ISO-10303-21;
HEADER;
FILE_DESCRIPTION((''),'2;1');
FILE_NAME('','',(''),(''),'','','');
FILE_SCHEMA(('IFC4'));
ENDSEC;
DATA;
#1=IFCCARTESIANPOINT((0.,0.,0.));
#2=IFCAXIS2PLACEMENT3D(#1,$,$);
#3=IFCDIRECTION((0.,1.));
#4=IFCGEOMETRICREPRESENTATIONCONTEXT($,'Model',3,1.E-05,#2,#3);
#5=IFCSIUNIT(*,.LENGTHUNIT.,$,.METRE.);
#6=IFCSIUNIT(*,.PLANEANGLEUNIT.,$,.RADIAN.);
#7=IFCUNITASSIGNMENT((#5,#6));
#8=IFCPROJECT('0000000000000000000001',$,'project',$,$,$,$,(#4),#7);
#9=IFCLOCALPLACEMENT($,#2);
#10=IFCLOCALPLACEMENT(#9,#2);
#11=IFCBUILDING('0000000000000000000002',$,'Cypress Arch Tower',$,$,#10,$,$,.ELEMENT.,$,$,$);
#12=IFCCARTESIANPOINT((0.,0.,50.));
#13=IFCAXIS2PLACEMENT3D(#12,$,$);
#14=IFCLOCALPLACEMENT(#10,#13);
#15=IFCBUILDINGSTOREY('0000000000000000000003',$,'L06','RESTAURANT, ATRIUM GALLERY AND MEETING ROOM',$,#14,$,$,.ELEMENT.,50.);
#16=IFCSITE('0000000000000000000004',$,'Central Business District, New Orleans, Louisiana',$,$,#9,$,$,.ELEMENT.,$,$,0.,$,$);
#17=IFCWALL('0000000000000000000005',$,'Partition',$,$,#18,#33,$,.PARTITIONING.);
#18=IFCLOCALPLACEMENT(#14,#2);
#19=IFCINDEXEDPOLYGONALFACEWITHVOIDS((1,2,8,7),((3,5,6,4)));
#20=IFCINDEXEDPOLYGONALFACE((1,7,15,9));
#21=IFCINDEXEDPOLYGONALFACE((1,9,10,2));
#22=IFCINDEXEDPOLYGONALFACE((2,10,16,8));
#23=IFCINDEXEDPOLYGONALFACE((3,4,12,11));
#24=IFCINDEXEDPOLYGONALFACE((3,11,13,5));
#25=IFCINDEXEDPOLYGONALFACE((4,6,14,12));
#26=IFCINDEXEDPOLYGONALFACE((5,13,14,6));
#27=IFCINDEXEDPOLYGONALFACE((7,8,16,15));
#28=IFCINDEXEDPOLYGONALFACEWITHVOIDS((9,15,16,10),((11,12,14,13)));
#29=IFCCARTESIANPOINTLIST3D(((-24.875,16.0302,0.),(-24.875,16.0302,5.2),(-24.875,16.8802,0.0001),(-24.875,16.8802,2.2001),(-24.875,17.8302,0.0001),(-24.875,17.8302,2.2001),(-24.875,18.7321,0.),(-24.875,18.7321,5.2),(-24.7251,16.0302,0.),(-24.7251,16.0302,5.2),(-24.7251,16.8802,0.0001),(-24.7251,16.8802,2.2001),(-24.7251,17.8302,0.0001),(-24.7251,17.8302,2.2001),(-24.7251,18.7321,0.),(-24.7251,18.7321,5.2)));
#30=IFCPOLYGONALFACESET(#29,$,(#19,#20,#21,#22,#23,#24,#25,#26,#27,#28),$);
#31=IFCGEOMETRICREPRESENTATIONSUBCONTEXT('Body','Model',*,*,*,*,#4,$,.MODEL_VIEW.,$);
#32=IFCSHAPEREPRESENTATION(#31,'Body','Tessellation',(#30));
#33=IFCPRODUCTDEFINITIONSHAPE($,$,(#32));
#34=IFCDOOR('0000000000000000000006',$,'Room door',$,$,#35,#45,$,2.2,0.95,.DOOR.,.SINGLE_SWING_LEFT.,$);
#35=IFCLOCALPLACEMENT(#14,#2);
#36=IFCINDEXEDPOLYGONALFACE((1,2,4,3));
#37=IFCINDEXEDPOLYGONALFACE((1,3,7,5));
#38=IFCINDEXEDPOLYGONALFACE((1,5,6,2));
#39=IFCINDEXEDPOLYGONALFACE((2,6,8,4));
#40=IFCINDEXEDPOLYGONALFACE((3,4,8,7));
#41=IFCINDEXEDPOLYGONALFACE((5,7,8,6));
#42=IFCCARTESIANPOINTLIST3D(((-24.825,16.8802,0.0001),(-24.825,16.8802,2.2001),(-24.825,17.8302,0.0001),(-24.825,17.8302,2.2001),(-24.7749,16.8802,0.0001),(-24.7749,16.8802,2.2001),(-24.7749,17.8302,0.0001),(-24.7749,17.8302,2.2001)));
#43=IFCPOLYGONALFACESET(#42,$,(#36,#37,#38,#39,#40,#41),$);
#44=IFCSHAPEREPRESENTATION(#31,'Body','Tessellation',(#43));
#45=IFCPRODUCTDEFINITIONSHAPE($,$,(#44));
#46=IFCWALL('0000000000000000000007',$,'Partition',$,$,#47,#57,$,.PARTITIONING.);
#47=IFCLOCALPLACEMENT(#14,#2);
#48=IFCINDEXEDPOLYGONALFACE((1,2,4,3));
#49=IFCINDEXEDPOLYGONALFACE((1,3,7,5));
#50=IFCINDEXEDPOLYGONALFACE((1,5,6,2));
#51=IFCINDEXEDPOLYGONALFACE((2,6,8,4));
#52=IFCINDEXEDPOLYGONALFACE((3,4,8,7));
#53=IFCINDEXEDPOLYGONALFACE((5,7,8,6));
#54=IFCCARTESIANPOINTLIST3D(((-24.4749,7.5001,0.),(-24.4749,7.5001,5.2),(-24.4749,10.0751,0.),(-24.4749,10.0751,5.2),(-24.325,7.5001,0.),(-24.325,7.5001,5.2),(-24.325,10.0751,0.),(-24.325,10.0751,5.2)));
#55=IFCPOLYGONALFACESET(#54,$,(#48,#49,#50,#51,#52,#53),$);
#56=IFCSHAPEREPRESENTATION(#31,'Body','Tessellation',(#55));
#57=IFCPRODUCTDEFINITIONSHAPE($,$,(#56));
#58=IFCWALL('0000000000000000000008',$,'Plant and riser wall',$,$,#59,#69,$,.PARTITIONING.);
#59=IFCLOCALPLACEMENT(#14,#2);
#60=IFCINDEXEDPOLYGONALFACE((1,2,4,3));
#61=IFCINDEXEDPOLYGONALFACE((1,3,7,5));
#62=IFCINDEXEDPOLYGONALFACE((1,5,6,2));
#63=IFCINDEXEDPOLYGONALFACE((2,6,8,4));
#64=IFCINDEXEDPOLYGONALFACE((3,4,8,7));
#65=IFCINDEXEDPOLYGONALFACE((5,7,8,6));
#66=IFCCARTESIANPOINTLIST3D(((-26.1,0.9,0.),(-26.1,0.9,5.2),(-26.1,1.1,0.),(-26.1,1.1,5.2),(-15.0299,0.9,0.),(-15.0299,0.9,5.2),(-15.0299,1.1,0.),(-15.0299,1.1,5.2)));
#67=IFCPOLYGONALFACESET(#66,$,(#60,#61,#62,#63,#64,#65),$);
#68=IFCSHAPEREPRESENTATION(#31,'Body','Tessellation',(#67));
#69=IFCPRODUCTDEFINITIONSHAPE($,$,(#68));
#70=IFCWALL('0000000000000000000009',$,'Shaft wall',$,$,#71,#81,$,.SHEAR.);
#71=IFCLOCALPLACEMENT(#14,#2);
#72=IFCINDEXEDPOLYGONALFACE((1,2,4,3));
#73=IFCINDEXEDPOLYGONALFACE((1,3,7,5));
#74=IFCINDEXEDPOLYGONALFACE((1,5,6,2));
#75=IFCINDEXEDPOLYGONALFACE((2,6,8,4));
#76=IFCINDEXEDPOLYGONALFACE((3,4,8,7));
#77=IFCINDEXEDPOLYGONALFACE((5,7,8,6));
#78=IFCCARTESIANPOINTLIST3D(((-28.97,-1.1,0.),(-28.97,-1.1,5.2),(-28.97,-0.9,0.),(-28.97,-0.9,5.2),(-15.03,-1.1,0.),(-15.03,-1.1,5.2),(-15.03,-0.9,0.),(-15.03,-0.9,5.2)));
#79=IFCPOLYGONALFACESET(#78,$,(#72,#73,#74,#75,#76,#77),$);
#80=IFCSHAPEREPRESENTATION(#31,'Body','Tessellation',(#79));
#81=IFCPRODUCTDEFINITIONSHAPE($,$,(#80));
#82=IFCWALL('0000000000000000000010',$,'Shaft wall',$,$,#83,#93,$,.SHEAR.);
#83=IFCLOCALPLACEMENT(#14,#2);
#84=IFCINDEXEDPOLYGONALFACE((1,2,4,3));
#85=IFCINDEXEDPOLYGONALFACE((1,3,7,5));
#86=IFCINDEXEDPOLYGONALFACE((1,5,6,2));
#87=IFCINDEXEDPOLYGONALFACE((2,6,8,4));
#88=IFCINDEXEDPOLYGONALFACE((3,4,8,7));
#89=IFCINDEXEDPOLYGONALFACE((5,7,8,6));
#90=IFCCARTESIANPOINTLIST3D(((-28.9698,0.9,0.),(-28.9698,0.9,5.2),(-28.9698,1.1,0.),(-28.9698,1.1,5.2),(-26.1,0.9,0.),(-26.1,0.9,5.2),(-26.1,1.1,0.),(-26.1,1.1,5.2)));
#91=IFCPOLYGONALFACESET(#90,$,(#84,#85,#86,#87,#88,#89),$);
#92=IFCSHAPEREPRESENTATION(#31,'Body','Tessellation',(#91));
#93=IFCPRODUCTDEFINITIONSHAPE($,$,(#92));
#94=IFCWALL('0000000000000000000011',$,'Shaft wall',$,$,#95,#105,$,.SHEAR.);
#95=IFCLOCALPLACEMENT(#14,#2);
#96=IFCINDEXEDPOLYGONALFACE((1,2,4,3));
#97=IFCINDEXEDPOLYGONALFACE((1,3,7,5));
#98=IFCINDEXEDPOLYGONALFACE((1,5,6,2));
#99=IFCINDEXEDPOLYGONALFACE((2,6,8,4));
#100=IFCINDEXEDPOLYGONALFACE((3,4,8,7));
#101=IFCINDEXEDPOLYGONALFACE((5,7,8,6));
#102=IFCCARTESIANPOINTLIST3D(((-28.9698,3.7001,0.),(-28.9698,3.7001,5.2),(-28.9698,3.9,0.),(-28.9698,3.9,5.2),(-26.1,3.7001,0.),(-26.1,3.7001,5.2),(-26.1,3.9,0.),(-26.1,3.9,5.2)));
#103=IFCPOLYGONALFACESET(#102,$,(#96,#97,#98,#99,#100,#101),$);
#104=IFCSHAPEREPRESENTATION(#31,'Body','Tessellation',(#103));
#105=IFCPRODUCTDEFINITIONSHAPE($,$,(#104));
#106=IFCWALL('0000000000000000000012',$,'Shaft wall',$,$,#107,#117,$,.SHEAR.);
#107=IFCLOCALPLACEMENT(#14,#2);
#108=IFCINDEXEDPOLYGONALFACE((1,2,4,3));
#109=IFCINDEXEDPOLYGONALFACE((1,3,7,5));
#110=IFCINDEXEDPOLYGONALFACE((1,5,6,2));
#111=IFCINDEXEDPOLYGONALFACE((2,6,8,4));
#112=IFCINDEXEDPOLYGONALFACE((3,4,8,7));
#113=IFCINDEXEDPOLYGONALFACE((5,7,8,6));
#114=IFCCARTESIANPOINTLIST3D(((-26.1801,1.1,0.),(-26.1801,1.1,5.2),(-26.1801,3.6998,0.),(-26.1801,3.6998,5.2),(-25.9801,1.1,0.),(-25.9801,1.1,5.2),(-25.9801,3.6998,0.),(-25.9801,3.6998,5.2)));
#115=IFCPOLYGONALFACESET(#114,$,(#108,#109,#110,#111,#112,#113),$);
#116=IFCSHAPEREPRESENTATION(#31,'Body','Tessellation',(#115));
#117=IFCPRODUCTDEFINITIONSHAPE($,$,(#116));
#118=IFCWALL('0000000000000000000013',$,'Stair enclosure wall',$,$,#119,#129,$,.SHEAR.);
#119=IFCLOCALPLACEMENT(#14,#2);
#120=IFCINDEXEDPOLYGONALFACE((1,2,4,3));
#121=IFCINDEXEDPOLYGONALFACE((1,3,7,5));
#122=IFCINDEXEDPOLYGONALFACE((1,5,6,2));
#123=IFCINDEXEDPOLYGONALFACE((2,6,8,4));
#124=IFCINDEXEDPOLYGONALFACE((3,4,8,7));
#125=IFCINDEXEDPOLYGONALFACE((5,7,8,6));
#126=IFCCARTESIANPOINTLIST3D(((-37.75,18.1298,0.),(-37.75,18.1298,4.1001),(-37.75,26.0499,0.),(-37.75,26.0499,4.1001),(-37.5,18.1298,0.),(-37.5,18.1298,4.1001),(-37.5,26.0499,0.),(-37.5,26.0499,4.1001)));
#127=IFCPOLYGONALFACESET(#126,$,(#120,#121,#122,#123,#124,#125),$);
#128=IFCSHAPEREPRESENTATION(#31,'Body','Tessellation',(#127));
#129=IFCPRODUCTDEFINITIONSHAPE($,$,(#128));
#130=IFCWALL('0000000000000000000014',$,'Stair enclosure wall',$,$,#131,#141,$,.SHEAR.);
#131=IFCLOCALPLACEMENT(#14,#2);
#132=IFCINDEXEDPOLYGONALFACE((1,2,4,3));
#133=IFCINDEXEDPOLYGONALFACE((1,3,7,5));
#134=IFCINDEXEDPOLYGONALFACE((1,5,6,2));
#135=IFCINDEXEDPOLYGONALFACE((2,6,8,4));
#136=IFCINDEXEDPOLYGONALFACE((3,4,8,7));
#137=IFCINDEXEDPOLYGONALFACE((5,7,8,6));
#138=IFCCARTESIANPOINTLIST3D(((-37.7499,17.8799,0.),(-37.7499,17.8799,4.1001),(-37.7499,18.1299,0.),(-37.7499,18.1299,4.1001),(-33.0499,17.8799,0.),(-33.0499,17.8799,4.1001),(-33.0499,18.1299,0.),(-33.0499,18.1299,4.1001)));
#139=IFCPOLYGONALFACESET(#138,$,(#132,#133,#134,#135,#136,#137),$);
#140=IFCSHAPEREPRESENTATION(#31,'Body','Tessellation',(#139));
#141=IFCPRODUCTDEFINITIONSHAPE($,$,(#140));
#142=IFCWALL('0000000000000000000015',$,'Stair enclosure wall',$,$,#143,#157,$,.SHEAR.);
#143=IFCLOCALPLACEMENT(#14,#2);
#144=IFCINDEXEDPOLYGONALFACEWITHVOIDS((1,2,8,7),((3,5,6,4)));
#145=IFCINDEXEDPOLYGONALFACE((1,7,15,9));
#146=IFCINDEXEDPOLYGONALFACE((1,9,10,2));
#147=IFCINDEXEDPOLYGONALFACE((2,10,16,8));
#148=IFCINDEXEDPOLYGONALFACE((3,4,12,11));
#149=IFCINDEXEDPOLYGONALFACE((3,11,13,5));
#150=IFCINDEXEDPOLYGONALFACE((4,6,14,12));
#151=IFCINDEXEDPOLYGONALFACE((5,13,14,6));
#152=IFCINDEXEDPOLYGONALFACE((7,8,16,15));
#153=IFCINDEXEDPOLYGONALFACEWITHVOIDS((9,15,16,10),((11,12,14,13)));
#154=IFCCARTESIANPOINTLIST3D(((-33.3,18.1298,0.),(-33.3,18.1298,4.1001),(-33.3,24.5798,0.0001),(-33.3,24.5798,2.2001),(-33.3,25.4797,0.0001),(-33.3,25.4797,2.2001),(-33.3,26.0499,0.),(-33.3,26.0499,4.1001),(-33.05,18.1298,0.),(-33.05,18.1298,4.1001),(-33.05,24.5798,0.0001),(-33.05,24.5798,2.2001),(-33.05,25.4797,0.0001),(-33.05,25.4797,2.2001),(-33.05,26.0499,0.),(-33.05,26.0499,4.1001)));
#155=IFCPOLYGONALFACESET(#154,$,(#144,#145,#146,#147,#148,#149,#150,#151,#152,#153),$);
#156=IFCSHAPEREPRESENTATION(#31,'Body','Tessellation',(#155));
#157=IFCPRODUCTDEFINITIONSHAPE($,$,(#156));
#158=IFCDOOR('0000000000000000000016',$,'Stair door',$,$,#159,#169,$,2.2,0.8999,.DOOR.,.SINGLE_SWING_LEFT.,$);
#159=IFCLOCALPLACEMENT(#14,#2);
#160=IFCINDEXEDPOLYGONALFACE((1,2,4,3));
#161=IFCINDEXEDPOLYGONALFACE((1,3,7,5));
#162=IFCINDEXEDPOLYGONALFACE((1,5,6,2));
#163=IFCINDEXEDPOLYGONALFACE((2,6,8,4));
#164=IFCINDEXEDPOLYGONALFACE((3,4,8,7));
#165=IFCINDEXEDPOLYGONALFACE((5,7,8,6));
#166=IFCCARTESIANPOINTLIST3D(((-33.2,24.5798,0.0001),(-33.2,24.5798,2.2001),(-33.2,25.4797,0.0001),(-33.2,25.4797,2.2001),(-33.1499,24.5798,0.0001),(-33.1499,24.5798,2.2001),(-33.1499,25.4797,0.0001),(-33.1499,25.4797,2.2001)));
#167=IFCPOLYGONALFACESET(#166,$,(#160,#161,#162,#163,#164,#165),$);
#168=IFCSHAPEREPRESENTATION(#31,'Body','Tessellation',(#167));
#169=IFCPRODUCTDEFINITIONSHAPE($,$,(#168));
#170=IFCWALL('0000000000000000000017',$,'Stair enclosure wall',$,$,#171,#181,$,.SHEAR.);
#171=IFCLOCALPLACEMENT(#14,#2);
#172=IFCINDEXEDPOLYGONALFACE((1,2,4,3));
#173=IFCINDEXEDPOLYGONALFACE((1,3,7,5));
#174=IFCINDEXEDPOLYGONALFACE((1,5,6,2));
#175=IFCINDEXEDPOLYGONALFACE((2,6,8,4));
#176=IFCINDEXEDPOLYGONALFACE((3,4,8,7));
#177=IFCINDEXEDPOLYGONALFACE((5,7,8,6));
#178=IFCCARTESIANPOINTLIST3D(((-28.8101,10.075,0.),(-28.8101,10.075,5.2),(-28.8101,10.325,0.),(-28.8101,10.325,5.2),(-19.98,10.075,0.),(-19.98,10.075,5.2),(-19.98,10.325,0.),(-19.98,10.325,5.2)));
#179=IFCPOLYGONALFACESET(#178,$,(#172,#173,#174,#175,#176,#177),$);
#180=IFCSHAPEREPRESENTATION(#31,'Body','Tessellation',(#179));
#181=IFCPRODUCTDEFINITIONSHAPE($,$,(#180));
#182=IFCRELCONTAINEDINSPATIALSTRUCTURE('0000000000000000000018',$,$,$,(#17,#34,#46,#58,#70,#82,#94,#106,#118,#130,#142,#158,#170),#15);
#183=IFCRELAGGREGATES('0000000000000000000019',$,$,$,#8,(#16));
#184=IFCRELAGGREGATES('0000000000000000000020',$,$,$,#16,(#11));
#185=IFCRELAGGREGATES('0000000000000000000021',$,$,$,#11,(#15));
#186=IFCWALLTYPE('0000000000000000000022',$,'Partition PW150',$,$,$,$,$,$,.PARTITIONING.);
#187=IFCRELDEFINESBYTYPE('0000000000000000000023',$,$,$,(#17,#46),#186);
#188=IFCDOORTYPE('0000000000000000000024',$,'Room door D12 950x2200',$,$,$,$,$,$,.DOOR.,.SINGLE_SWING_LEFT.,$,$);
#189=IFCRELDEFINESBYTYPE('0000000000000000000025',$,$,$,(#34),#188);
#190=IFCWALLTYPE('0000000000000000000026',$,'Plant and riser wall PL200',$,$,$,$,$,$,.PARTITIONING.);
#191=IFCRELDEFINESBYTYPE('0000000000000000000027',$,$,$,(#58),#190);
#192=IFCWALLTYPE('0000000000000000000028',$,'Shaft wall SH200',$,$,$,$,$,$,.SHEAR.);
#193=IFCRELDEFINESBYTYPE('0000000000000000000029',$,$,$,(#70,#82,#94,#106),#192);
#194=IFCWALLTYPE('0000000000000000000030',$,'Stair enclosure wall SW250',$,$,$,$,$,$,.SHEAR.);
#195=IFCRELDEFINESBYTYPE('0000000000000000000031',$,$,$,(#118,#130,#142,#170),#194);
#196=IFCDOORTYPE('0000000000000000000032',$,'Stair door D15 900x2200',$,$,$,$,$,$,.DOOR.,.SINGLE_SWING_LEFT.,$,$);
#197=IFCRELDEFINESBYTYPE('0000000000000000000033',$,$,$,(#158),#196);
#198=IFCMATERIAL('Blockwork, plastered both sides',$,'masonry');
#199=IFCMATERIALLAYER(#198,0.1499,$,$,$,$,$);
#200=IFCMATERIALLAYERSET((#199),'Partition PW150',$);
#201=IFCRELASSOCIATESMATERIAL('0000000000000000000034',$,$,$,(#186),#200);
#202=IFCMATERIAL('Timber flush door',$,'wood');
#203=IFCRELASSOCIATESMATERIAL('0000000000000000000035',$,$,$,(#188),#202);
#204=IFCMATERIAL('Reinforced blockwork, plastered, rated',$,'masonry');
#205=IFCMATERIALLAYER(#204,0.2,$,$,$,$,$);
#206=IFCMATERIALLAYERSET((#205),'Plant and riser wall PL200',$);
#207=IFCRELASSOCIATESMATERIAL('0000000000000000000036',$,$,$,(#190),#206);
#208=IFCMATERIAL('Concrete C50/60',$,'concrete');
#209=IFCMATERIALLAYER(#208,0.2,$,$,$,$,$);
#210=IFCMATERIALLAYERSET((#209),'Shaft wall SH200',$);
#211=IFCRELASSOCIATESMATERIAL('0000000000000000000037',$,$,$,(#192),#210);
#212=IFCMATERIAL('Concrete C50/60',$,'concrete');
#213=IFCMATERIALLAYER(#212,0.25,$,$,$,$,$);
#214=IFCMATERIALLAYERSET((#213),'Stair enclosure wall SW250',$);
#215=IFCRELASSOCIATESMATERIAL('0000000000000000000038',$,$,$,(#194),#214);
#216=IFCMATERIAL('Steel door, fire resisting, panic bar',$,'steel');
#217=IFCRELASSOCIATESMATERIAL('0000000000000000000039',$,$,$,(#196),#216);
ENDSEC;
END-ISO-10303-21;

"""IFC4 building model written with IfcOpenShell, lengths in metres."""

from ifc_helpers import new_model, si_unit, direction, frame, frame_2d, origin, place, context, subcontext, project, spatial, rectangle, extrude, material, layer, layer_set, type_object, element, fill, save


model = new_model("IFC4")

# Units and contexts
model_context = context("Model", 3, precision=1e-05, world=origin(), true_north=direction((0.0, 1.0)))
body_context = subcontext(model_context, "Body", "Model", "MODEL_VIEW")
ifc_project = project(units=[si_unit("LENGTHUNIT", "METRE"), si_unit("PLANEANGLEUNIT", "RADIAN")], contexts=[model_context])

# Site, building, storey
site_placement = place(None, origin())
site = spatial("IfcSite", under=ifc_project, at=site_placement, Name="Central Business District, New Orleans, Louisiana", CompositionType="ELEMENT", RefElevation=0.0)
building_placement = place(site_placement, origin())
building = spatial("IfcBuilding", under=site, at=building_placement, Name="Cypress Arch Tower", CompositionType="ELEMENT")
storey_placement = place(building_placement, frame((0.0, 0.0, 50.0)))
storey = spatial("IfcBuildingStorey", under=building, at=storey_placement, Name="L06", Description="RESTAURANT, ATRIUM GALLERY AND MEETING ROOM", CompositionType="ELEMENT", Elevation=50.0)

# Wall, opening, door
ifc_material_1 = material(Name="Blockwork, plastered both sides", Category="masonry")
ifc_layer_1 = layer(ifc_material_1, 0.1499)
ifc_layer_set_1 = layer_set([ifc_layer_1], Name="Partition PW150")
wall_type_1 = type_object("IfcWallType", Name="Partition PW150", PredefinedType="PARTITIONING", material=ifc_layer_set_1)
wall_1_placement = place(storey_placement, frame((-24.8, 16.03, 0.0), z_axis=(0.0, 0.0, 1.0), x_axis=(0.0, 1.0, 0.0)))
wall_1 = element("IfcWall", 1, at=wall_1_placement, inside=storey, type_object=wall_type_1, Name="Partition", PredefinedType="PARTITIONING", context=body_context, shape_type="SweptSolid", body=[
    extrude(rectangle(XDim=2.7019, YDim=0.1499, at=frame_2d((1.3511, 0.0))), origin(), (0.0, 0.0, 1.0), 5.2),
])
opening_1_placement = place(wall_1_placement, frame((0.8501, 0.0, 0.0)))
opening_1 = element("IfcOpeningElement", 2, at=opening_1_placement, cuts=wall_1, PredefinedType="OPENING", context=body_context, shape_type="SweptSolid", body=[
    extrude(rectangle(XDim=0.95, YDim=2.2, at=frame_2d((0.4751, 1.1001))), frame((0.0, 0.085, 0.0), z_axis=(0.0, -1.0, 0.0), x_axis=(1.0, 0.0, 0.0)), (0.0, 0.0, 1.0), 0.1699),
])
ifc_material_2 = material(Name="Timber flush door", Category="wood")
door_type_1 = type_object("IfcDoorType", Name="Room door D12 950x2200", OperationType="SINGLE_SWING_LEFT", PredefinedType="DOOR", material=ifc_material_2)
door_1_placement = place(opening_1_placement, origin())
door_1 = element("IfcDoor", 3, at=door_1_placement, inside=storey, type_object=door_type_1, Name="Room door", OperationType="SINGLE_SWING_LEFT", OverallHeight=2.2, OverallWidth=0.95, PredefinedType="DOOR", context=body_context, shape_type="SweptSolid", body=[
    extrude(rectangle(XDim=0.95, YDim=2.2, at=frame_2d((0.4751, 1.1001))), frame((0.0, 0.0249, 0.0), z_axis=(0.0, -1.0, 0.0), x_axis=(1.0, 0.0, 0.0)), (0.0, 0.0, 1.0), 0.05),
])
fill(opening_1, door_1)

# Walls
wall_2_placement = place(storey_placement, frame((-24.3999, 7.5, 0.0), z_axis=(0.0, 0.0, 1.0), x_axis=(0.0, 1.0, 0.0)))
element("IfcWall", 4, at=wall_2_placement, inside=storey, type_object=wall_type_1, Name="Partition", PredefinedType="PARTITIONING", context=body_context, shape_type="SweptSolid", body=[
    extrude(rectangle(XDim=2.575, YDim=0.1499, at=frame_2d((1.2876, 0.0))), origin(), (0.0, 0.0, 1.0), 5.2),
])
ifc_material_3 = material(Name="Reinforced blockwork, plastered, rated", Category="masonry")
ifc_layer_2 = layer(ifc_material_3, 0.2)
ifc_layer_set_2 = layer_set([ifc_layer_2], Name="Plant and riser wall PL200")
wall_type_2 = type_object("IfcWallType", Name="Plant and riser wall PL200", PredefinedType="PARTITIONING", material=ifc_layer_set_2)
wall_3_placement = place(storey_placement, frame((-26.1001, 1.0, 0.0), z_axis=(0.0, 0.0, 1.0), x_axis=(1.0, 0.0, 0.0)))
element("IfcWall", 5, at=wall_3_placement, inside=storey, type_object=wall_type_2, Name="Plant and riser wall", PredefinedType="PARTITIONING", context=body_context, shape_type="SweptSolid", body=[
    extrude(rectangle(XDim=11.0701, YDim=0.2, at=frame_2d((5.5352, 0.0))), origin(), (0.0, 0.0, 1.0), 5.2),
])
ifc_material_4 = material(Name="Concrete C50/60", Category="concrete")
ifc_layer_3 = layer(ifc_material_4, 0.2)
ifc_layer_set_3 = layer_set([ifc_layer_3], Name="Shaft wall SH200")
wall_type_3 = type_object("IfcWallType", Name="Shaft wall SH200", PredefinedType="SHEAR", material=ifc_layer_set_3)
wall_4_placement = place(storey_placement, frame((-28.97, -1.0, 0.0), z_axis=(0.0, 0.0, 1.0), x_axis=(1.0, 0.0, 0.0)))
element("IfcWall", 6, at=wall_4_placement, inside=storey, type_object=wall_type_3, Name="Shaft wall", PredefinedType="SHEAR", context=body_context, shape_type="SweptSolid", body=[
    extrude(rectangle(XDim=13.9399, YDim=0.2, at=frame_2d((6.97, 0.0))), origin(), (0.0, 0.0, 1.0), 5.2),
])
for number, where, z_axis, x_axis, name in (
    (7, (-28.97, 1.0, 0.0), (0.0, 0.0, 1.0), (1.0, 0.0, 0.0), "Shaft wall"),
    (8, (-28.97, 3.8, 0.0), (0.0, 0.0, 1.0), (1.0, 0.0, 0.0), "Shaft wall"),
):
    element("IfcWall", number, at=place(storey_placement, frame(where, z_axis=z_axis, x_axis=x_axis)), inside=storey, type_object=wall_type_3, Name=name, PredefinedType="SHEAR", context=body_context, shape_type="SweptSolid", body=[
        extrude(rectangle(XDim=2.8699, YDim=0.2, at=frame_2d((1.4351, 0.0))), origin(), (0.0, 0.0, 1.0), 5.2),
    ])
wall_5_placement = place(storey_placement, frame((-26.0801, 1.1001, 0.0), z_axis=(0.0, 0.0, 1.0), x_axis=(0.0, 1.0, 0.0)))
element("IfcWall", 9, at=wall_5_placement, inside=storey, type_object=wall_type_3, Name="Shaft wall", PredefinedType="SHEAR", context=body_context, shape_type="SweptSolid", body=[
    extrude(rectangle(XDim=2.5999, YDim=0.2, at=frame_2d((1.2998, 0.0))), origin(), (0.0, 0.0, 1.0), 5.2),
])
ifc_material_5 = material(Name="Concrete C50/60", Category="concrete")
ifc_layer_4 = layer(ifc_material_5, 0.25)
ifc_layer_set_4 = layer_set([ifc_layer_4], Name="Stair enclosure wall SW250")
wall_type_4 = type_object("IfcWallType", Name="Stair enclosure wall SW250", PredefinedType="SHEAR", material=ifc_layer_set_4)
wall_6_placement = place(storey_placement, frame((-37.625, 18.1299, 0.0), z_axis=(0.0, 0.0, 1.0), x_axis=(0.0, 1.0, 0.0)))
element("IfcWall", 10, at=wall_6_placement, inside=storey, type_object=wall_type_4, Name="Stair enclosure wall", PredefinedType="SHEAR", context=body_context, shape_type="SweptSolid", body=[
    extrude(rectangle(XDim=7.9202, YDim=0.25, at=frame_2d((3.96, 0.0))), origin(), (0.0, 0.0, 1.0), 4.1001),
])
wall_7_placement = place(storey_placement, frame((-37.75, 18.0049, 0.0), z_axis=(0.0, 0.0, 1.0), x_axis=(1.0, 0.0, 0.0)))
element("IfcWall", 11, at=wall_7_placement, inside=storey, type_object=wall_type_4, Name="Stair enclosure wall", PredefinedType="SHEAR", context=body_context, shape_type="SweptSolid", body=[
    extrude(rectangle(XDim=4.7, YDim=0.25, at=frame_2d((2.3501, 0.0))), origin(), (0.0, 0.0, 1.0), 4.1001),
])

# Wall, opening, door
wall_8_placement = place(storey_placement, frame((-33.175, 18.1299, 0.0), z_axis=(0.0, 0.0, 1.0), x_axis=(0.0, 1.0, 0.0)))
wall_8 = element("IfcWall", 12, at=wall_8_placement, inside=storey, type_object=wall_type_4, Name="Stair enclosure wall", PredefinedType="SHEAR", context=body_context, shape_type="SweptSolid", body=[
    extrude(rectangle(XDim=7.9202, YDim=0.25, at=frame_2d((3.96, 0.0))), origin(), (0.0, 0.0, 1.0), 4.1001),
])
opening_2_placement = place(wall_8_placement, frame((6.45, 0.0, 0.0)))
opening_2 = element("IfcOpeningElement", 13, at=opening_2_placement, cuts=wall_8, PredefinedType="OPENING", context=body_context, shape_type="SweptSolid", body=[
    extrude(rectangle(XDim=0.8999, YDim=2.2, at=frame_2d((0.45, 1.1001))), frame((0.0, 0.135, 0.0), z_axis=(0.0, -1.0, 0.0), x_axis=(1.0, 0.0, 0.0)), (0.0, 0.0, 1.0), 0.27),
])
ifc_material_6 = material(Name="Steel door, fire resisting, panic bar", Category="steel")
door_type_2 = type_object("IfcDoorType", Name="Stair door D15 900x2200", OperationType="SINGLE_SWING_LEFT", PredefinedType="DOOR", material=ifc_material_6)
door_2_placement = place(opening_2_placement, origin())
door_2 = element("IfcDoor", 14, at=door_2_placement, inside=storey, type_object=door_type_2, Name="Stair door", OperationType="SINGLE_SWING_LEFT", OverallHeight=2.2, OverallWidth=0.8999, PredefinedType="DOOR", context=body_context, shape_type="SweptSolid", body=[
    extrude(rectangle(XDim=0.8999, YDim=2.2, at=frame_2d((0.45, 1.1001))), frame((0.0, 0.0249, 0.0), z_axis=(0.0, -1.0, 0.0), x_axis=(1.0, 0.0, 0.0)), (0.0, 0.0, 1.0), 0.05),
])
fill(opening_2, door_2)

# Wall
wall_9_placement = place(storey_placement, frame((-28.8101, 10.2, 0.0), z_axis=(0.0, 0.0, 1.0), x_axis=(1.0, 0.0, 0.0)))
element("IfcWall", 15, at=wall_9_placement, inside=storey, type_object=wall_type_4, Name="Stair enclosure wall", PredefinedType="SHEAR", context=body_context, shape_type="SweptSolid", body=[
    extrude(rectangle(XDim=8.8301, YDim=0.25, at=frame_2d((4.415, 0.0))), origin(), (0.0, 0.0, 1.0), 5.2),
])

save(model, "model.ifc")
